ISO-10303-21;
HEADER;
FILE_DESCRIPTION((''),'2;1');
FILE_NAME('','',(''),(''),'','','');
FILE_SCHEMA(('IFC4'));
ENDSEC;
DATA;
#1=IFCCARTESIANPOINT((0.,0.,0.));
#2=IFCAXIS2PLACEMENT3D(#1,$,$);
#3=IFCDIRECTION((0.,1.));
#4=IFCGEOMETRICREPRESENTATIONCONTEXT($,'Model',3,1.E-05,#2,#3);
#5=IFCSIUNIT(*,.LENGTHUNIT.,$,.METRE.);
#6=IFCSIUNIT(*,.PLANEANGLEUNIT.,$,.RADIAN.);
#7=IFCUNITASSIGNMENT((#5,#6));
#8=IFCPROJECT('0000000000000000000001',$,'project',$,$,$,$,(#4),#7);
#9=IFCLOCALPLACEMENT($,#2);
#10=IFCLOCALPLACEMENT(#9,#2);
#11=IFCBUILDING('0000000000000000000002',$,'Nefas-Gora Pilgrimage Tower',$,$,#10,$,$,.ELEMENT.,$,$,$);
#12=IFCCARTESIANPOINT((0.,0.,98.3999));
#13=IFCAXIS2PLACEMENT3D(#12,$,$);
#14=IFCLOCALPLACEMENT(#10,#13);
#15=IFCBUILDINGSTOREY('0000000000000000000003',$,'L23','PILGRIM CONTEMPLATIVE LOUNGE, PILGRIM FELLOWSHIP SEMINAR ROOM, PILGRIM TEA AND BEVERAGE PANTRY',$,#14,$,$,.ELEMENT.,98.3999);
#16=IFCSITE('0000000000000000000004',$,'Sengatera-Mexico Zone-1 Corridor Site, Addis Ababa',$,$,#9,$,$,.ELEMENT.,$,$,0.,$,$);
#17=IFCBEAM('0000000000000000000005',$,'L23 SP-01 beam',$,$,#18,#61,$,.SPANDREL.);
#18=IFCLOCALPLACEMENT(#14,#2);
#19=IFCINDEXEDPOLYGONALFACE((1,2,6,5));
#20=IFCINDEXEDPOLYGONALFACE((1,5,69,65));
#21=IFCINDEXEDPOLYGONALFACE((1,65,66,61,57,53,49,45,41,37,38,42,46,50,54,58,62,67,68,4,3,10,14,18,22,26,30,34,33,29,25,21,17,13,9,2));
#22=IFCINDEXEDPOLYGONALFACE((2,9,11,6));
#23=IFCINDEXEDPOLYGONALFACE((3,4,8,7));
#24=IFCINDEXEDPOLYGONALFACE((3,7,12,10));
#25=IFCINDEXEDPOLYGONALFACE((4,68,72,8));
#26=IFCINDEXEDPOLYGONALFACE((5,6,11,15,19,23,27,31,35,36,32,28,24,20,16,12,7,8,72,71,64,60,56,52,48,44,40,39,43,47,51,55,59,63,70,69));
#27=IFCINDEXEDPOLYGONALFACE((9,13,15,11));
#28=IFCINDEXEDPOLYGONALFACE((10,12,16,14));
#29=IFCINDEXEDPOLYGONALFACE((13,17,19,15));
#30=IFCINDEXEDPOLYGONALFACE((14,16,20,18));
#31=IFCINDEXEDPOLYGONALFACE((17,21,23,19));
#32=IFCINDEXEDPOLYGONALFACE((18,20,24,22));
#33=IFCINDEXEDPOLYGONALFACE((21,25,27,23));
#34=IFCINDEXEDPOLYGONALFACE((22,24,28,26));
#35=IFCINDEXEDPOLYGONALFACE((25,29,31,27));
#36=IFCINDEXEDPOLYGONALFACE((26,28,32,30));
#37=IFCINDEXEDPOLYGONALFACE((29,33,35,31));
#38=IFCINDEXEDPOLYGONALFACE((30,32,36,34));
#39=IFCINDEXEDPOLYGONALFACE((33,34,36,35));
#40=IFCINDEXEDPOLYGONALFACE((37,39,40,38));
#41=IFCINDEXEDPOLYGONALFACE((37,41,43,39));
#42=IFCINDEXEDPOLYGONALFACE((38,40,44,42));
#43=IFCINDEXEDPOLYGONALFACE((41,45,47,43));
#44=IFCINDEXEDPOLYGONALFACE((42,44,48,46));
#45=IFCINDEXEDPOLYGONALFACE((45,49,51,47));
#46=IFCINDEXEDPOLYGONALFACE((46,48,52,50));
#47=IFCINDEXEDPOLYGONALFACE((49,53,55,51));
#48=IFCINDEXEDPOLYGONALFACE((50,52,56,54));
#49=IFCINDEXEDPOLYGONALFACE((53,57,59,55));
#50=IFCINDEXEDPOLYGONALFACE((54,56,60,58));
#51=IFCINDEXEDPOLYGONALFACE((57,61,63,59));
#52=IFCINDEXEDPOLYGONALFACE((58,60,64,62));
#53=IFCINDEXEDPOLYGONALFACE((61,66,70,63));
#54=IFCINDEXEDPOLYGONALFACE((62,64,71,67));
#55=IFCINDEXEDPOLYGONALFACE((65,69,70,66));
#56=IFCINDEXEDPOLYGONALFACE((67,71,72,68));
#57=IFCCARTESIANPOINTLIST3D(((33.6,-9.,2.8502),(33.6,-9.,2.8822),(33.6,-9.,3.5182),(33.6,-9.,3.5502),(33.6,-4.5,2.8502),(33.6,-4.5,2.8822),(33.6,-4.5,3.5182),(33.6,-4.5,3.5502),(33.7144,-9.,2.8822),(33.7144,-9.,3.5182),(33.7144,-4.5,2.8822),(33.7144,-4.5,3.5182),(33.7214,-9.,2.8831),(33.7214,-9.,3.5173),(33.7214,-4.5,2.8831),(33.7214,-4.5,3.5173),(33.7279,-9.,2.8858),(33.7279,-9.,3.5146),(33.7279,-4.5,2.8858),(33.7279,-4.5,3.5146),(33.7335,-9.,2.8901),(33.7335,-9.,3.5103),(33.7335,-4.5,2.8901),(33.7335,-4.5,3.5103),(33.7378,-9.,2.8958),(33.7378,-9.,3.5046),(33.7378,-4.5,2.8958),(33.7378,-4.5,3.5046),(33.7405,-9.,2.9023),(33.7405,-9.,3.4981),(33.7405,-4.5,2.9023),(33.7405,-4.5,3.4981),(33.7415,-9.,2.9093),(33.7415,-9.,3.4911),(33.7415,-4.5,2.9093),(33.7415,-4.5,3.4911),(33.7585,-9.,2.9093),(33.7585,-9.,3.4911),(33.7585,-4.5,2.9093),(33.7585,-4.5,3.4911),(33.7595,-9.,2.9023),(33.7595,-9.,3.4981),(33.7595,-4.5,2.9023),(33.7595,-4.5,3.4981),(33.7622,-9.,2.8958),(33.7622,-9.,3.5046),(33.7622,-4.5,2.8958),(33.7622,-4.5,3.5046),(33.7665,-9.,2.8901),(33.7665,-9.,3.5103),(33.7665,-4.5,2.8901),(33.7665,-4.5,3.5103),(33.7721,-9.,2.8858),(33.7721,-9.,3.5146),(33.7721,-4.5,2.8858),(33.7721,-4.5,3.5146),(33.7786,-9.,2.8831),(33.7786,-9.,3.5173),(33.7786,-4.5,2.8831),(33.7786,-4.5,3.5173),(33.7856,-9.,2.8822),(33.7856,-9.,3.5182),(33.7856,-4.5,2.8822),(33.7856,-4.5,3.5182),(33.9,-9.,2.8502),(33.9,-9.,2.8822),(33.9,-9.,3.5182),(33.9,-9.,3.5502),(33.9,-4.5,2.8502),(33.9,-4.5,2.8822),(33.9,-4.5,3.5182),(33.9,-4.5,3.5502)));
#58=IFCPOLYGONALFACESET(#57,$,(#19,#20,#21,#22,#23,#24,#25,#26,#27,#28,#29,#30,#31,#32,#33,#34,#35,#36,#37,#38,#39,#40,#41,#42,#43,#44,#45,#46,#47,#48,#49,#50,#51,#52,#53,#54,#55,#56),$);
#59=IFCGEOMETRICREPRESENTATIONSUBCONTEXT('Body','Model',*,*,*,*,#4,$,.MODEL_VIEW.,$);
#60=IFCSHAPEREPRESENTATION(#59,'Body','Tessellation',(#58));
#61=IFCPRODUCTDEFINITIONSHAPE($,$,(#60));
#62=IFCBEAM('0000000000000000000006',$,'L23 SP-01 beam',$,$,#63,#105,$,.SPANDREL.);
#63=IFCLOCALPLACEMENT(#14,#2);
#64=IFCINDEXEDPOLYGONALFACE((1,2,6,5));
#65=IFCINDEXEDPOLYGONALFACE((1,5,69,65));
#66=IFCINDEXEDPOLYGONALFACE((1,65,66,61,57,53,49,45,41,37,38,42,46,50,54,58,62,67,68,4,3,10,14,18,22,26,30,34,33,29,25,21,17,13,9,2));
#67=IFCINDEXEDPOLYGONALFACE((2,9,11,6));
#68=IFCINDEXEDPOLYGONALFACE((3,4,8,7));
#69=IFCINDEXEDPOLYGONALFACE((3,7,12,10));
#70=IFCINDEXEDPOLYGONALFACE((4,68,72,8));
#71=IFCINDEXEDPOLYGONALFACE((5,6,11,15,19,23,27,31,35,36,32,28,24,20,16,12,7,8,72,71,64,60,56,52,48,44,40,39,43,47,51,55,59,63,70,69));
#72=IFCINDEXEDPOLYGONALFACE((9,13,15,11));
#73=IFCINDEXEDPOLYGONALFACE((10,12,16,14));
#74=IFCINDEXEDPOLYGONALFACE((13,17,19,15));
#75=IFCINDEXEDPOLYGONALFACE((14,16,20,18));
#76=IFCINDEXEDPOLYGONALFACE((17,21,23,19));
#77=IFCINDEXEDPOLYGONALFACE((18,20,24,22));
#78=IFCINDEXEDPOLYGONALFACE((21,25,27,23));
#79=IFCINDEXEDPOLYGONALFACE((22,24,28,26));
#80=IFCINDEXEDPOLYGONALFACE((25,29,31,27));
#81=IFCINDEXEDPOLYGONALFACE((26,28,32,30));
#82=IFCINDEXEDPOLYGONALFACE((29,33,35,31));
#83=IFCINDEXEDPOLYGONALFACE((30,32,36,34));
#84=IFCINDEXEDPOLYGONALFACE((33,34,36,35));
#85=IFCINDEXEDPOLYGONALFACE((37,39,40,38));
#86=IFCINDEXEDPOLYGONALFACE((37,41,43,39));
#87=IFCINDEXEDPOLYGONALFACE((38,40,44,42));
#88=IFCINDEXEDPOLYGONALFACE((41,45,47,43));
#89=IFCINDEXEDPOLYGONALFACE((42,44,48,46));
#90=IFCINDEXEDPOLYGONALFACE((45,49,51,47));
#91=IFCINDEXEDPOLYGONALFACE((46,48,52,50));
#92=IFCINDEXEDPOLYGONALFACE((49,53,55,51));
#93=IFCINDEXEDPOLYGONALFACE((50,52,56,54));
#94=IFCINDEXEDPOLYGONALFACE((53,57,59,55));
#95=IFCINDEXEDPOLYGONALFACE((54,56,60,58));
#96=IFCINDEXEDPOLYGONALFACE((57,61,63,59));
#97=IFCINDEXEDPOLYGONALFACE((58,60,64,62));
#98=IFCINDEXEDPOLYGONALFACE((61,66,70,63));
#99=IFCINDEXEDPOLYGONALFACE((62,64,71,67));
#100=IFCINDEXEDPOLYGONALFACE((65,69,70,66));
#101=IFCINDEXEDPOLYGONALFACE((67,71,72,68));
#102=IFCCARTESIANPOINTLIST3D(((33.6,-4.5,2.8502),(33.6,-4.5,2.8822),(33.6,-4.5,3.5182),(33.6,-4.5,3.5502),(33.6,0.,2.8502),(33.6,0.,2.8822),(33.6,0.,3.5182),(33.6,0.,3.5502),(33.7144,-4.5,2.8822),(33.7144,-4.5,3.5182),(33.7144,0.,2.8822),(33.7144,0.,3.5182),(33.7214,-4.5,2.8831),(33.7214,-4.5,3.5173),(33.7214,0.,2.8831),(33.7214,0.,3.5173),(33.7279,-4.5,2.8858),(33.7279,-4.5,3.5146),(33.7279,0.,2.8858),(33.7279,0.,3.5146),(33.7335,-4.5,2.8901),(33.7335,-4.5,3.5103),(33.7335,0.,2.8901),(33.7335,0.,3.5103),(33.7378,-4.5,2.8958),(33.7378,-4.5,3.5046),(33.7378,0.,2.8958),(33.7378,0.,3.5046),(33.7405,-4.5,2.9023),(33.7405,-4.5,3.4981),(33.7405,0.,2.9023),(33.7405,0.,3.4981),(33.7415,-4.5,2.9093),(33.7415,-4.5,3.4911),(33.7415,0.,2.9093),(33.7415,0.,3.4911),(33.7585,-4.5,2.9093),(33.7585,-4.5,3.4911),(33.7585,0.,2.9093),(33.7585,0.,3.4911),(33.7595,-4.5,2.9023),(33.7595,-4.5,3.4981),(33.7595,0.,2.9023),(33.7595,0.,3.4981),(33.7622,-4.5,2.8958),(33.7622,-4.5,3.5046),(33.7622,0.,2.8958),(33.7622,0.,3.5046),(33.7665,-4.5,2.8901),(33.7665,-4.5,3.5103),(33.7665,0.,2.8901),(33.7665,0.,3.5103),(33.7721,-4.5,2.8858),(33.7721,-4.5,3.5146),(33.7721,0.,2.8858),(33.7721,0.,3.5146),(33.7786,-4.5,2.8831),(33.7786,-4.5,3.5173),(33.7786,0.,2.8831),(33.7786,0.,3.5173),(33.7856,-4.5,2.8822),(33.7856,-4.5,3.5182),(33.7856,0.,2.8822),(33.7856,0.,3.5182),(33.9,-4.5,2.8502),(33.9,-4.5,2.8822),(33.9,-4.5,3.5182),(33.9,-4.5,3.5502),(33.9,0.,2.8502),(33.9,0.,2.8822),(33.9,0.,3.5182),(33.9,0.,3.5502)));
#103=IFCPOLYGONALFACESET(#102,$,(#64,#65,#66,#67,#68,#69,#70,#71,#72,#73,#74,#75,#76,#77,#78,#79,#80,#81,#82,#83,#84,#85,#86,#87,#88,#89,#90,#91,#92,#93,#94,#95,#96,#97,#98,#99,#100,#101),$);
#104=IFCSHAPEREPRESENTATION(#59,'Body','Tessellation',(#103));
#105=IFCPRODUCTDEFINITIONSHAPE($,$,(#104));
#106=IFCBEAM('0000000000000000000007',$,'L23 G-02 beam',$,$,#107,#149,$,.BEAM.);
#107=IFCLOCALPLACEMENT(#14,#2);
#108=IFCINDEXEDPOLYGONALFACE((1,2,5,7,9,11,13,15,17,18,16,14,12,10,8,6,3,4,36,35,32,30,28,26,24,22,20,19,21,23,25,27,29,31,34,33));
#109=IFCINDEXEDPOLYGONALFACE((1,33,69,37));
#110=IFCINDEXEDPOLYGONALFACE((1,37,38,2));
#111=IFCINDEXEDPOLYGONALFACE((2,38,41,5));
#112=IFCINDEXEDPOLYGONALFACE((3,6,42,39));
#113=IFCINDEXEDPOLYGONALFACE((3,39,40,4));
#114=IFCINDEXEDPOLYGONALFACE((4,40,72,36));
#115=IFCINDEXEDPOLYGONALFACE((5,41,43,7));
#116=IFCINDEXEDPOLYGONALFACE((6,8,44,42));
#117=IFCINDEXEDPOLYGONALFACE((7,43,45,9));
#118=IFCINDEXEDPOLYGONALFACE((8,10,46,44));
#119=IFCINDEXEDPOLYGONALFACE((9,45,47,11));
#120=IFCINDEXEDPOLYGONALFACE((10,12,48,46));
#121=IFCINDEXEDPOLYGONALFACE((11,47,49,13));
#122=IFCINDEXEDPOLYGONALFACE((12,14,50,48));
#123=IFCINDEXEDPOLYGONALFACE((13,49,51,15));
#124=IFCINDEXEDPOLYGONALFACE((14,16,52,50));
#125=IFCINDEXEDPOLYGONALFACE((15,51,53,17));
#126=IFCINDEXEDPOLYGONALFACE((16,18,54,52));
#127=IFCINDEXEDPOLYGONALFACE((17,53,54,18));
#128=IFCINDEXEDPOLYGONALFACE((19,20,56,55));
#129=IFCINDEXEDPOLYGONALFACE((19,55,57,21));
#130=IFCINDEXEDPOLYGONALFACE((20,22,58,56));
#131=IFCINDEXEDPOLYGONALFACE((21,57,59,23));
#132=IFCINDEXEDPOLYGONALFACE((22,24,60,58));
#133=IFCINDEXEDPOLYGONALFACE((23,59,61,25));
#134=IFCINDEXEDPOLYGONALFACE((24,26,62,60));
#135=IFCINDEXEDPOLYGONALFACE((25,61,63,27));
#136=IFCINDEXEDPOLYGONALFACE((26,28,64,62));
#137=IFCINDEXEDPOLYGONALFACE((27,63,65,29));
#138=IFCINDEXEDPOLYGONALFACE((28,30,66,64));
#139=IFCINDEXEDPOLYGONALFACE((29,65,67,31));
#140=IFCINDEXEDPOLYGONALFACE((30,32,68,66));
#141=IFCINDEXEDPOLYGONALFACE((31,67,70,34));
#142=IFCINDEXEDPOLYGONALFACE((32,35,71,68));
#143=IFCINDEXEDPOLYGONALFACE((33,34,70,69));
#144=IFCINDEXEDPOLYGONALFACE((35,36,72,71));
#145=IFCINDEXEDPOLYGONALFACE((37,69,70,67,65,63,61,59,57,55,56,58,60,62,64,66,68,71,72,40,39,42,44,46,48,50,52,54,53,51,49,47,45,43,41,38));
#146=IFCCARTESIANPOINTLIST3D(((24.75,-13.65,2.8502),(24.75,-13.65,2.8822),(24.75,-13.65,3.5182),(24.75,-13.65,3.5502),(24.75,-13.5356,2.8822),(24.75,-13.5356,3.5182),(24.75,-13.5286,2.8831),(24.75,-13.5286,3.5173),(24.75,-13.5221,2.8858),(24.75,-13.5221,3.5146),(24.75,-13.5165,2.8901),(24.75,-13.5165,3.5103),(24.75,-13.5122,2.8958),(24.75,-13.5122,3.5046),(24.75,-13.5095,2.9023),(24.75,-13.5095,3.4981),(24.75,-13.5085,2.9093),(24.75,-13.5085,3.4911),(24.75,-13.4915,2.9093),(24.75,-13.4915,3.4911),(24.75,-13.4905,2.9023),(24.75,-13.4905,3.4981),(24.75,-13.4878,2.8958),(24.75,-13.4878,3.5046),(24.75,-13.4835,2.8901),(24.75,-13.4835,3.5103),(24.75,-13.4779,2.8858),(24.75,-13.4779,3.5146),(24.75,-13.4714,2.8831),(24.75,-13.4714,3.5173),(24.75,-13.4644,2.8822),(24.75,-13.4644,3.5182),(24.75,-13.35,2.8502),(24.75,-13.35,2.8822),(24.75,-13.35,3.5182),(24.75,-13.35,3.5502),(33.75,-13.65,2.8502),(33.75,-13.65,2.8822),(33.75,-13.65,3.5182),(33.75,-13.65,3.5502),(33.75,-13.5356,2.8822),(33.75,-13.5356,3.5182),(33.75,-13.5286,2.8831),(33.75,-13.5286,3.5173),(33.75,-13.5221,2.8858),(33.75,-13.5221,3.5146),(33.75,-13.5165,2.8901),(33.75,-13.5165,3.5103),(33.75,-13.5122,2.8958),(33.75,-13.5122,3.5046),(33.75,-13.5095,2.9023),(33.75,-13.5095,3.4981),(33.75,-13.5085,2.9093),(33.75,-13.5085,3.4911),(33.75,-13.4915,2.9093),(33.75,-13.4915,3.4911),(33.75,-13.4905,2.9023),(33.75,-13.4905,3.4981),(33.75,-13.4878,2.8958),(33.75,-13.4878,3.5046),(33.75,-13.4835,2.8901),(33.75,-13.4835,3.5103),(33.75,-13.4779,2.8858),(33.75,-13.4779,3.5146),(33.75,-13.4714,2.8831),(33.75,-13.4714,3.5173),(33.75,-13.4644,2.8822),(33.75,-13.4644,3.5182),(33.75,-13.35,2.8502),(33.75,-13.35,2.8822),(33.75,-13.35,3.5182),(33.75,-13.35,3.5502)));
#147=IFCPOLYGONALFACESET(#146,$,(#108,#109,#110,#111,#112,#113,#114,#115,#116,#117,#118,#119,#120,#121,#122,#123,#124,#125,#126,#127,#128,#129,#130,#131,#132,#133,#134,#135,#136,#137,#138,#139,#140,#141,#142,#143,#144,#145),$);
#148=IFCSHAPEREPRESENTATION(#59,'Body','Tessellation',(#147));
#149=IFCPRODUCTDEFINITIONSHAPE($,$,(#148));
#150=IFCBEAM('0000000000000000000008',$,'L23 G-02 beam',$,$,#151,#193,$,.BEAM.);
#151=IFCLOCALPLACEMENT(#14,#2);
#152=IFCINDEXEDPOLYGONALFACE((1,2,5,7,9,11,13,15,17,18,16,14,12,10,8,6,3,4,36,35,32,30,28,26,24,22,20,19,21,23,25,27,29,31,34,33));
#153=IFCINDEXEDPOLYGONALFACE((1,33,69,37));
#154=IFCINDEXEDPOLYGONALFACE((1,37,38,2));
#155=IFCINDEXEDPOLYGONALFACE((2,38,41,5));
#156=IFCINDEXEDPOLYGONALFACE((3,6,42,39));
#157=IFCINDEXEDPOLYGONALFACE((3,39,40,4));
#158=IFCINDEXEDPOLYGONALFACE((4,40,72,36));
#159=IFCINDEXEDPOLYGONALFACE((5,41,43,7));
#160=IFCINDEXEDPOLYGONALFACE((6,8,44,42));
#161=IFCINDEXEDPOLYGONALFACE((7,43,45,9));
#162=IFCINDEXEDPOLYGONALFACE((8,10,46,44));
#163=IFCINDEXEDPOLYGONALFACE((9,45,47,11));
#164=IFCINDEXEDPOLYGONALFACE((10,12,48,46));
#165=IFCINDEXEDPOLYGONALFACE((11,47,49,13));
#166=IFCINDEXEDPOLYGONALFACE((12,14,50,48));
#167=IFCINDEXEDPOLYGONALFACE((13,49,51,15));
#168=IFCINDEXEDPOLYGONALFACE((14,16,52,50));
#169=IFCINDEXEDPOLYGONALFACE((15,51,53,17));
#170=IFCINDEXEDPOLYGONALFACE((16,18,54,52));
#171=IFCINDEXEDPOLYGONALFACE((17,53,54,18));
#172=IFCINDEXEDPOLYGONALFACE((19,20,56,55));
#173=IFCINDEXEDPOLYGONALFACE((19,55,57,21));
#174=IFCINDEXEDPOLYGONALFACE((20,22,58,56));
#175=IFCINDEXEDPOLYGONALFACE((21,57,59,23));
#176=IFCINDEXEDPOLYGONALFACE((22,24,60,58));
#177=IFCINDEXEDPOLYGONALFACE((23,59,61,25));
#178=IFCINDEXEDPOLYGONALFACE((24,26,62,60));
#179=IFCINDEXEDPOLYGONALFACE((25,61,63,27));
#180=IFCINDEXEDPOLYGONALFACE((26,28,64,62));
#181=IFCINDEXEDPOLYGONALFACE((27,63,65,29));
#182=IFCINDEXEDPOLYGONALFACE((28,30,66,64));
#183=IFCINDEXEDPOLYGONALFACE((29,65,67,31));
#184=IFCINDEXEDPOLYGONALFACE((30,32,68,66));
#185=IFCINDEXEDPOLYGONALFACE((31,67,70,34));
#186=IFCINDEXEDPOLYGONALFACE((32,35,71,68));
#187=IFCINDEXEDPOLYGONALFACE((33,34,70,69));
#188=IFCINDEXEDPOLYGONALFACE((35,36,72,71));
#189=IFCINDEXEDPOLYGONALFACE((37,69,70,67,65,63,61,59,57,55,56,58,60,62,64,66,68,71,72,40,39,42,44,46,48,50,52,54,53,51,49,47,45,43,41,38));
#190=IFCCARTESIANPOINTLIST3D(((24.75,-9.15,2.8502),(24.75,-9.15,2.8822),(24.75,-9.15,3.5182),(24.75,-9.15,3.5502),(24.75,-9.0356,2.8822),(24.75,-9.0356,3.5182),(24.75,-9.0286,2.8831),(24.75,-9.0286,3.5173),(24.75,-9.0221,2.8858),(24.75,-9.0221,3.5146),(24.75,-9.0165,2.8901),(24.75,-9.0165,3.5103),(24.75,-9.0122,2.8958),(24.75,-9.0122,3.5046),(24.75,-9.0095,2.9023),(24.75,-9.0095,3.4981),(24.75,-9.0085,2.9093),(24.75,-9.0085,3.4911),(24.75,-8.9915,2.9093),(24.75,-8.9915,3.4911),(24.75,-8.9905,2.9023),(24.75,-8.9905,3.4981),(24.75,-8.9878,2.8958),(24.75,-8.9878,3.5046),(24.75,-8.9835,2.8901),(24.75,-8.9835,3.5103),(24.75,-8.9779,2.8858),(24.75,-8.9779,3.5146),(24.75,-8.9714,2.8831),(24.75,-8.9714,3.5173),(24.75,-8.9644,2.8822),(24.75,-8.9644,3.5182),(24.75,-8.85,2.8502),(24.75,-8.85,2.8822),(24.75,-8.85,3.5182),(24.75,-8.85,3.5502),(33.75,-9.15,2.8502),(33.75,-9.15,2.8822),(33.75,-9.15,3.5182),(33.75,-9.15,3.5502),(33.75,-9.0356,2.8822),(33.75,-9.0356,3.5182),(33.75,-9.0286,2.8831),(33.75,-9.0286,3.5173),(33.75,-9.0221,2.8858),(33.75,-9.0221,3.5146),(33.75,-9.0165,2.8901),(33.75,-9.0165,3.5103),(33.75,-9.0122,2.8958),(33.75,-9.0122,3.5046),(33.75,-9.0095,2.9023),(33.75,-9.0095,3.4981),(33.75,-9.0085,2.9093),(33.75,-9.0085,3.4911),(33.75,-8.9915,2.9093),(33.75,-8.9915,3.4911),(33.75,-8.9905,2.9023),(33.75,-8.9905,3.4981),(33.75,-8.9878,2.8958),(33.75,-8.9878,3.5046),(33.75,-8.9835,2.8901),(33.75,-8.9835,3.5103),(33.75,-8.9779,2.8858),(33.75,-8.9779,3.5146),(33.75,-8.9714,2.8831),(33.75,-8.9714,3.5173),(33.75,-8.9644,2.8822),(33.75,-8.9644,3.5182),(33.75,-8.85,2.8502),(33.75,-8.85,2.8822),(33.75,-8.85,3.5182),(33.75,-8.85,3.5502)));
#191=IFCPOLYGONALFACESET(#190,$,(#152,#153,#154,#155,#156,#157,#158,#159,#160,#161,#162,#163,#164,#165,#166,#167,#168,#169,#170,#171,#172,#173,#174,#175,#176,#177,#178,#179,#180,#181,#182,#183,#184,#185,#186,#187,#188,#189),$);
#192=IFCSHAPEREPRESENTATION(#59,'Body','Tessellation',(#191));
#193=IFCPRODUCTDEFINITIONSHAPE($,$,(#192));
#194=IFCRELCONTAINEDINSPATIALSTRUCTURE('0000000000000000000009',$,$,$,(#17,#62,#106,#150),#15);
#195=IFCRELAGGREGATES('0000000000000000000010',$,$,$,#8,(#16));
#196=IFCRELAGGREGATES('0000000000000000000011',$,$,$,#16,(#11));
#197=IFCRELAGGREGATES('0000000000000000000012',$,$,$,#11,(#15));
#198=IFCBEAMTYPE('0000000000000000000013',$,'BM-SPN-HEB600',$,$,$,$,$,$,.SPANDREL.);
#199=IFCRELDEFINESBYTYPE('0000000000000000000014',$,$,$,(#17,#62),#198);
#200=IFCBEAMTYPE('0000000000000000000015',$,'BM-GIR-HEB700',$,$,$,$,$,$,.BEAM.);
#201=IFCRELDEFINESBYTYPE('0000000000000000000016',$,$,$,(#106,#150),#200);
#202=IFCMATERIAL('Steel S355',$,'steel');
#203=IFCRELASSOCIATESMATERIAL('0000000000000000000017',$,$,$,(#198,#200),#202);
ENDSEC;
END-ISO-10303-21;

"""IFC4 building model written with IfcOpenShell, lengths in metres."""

from ifc_helpers import new_model, si_unit, direction, frame, origin, origin_2d, place, context, subcontext, project, spatial, i_section, extrude, source, transform, mapped, material, material_profile, profile_set, type_object, element, save


model = new_model("IFC4")

# Units and contexts
model_context = context("Model", 3, precision=1e-05, world=origin(), true_north=direction((0.0, 1.0)))
body_context = subcontext(model_context, "Body", "Model", "MODEL_VIEW")
ifc_project = project(units=[si_unit("LENGTHUNIT", "METRE"), si_unit("PLANEANGLEUNIT", "RADIAN")], contexts=[model_context])

# Site, building, storey
site_placement = place(None, origin())
site = spatial("IfcSite", under=ifc_project, at=site_placement, Name="Sengatera-Mexico Zone-1 Corridor Site, Addis Ababa", CompositionType="ELEMENT", RefElevation=0.0)
building_placement = place(site_placement, origin())
building = spatial("IfcBuilding", under=site, at=building_placement, Name="Nefas-Gora Pilgrimage Tower", CompositionType="ELEMENT")
storey_placement = place(building_placement, frame((0.0, 0.0, 98.3999)))
storey = spatial("IfcBuildingStorey", under=building, at=storey_placement, Name="L23", Description="PILGRIM CONTEMPLATIVE LOUNGE, PILGRIM FELLOWSHIP SEMINAR ROOM, PILGRIM TEA AND BEVERAGE PANTRY", CompositionType="ELEMENT", Elevation=98.3999)

# Beams
ifc_material_1 = material(Name="Steel S355", Category="steel")
ifc_material_profile_1 = material_profile(ifc_material_1, i_section(OverallWidth=0.3, OverallDepth=0.7, WebThickness=0.0171, FlangeThickness=0.032, FilletRadius=0.0271, at=origin_2d()), Name="HEB 700")
ifc_profile_set_1 = profile_set([ifc_material_profile_1], Name="Steel S355")
beam_type_1 = type_object("IfcBeamType", Name="BM-SPN-HEB600", PredefinedType="SPANDREL", material=ifc_profile_set_1)
shared_shape_1 = source(origin(), body_context, "Body", "SweptSolid", [
    extrude(i_section(OverallWidth=0.3, OverallDepth=0.7, WebThickness=0.0171, FlangeThickness=0.032, FilletRadius=0.0271, at=origin_2d()), origin(), (0.0, 0.0, 1.0), 4.5),
])
for number, where, z_axis, x_axis, name in (
    (1, (33.75, -9.0, 3.2002), (0.0, 1.0, 0.0), (-1.0, 0.0, 0.0), "L23 SP-01 beam"),
    (2, (33.75, -4.5, 3.2002), (0.0, 1.0, 0.0), (-1.0, 0.0, 0.0), "L23 SP-01 beam"),
):
    element("IfcBeam", number, at=place(storey_placement, frame(where, z_axis=z_axis, x_axis=x_axis)), inside=storey, type_object=beam_type_1, Name=name, PredefinedType="SPANDREL", context=body_context, shape_type="MappedRepresentation", body=[
        mapped(shared_shape_1, transform((0.0, 0.0, 0.0), x_axis=(1.0, 0.0, 0.0), y_axis=(0.0, 1.0, 0.0), z_axis=(0.0, 0.0, 1.0), scale=1.0)),
    ])
ifc_material_profile_2 = material_profile(ifc_material_1, i_section(OverallWidth=0.3, OverallDepth=0.7, WebThickness=0.0171, FlangeThickness=0.032, FilletRadius=0.0271, at=origin_2d()), Name="HEB 700")
ifc_profile_set_2 = profile_set([ifc_material_profile_2], Name="Steel S355")
beam_type_2 = type_object("IfcBeamType", Name="BM-GIR-HEB700", PredefinedType="BEAM", material=ifc_profile_set_2)
shared_shape_2 = source(origin(), body_context, "Body", "SweptSolid", [
    extrude(i_section(OverallWidth=0.3, OverallDepth=0.7, WebThickness=0.0171, FlangeThickness=0.032, FilletRadius=0.0271, at=origin_2d()), origin(), (0.0, 0.0, 1.0), 9.0),
])
for number, where, z_axis, x_axis, name in (
    (3, (24.75, -13.5, 3.2002), (1.0, 0.0, 0.0), (0.0, 1.0, 0.0), "L23 G-02 beam"),
    (4, (24.75, -9.0, 3.2002), (1.0, 0.0, 0.0), (0.0, 1.0, 0.0), "L23 G-02 beam"),
):
    element("IfcBeam", number, at=place(storey_placement, frame(where, z_axis=z_axis, x_axis=x_axis)), inside=storey, type_object=beam_type_2, Name=name, PredefinedType="BEAM", context=body_context, shape_type="MappedRepresentation", body=[
        mapped(shared_shape_2, transform((0.0, 0.0, 0.0), x_axis=(1.0, 0.0, 0.0), y_axis=(0.0, 1.0, 0.0), z_axis=(0.0, 0.0, 1.0), scale=1.0)),
    ])

save(model, "model.ifc")
